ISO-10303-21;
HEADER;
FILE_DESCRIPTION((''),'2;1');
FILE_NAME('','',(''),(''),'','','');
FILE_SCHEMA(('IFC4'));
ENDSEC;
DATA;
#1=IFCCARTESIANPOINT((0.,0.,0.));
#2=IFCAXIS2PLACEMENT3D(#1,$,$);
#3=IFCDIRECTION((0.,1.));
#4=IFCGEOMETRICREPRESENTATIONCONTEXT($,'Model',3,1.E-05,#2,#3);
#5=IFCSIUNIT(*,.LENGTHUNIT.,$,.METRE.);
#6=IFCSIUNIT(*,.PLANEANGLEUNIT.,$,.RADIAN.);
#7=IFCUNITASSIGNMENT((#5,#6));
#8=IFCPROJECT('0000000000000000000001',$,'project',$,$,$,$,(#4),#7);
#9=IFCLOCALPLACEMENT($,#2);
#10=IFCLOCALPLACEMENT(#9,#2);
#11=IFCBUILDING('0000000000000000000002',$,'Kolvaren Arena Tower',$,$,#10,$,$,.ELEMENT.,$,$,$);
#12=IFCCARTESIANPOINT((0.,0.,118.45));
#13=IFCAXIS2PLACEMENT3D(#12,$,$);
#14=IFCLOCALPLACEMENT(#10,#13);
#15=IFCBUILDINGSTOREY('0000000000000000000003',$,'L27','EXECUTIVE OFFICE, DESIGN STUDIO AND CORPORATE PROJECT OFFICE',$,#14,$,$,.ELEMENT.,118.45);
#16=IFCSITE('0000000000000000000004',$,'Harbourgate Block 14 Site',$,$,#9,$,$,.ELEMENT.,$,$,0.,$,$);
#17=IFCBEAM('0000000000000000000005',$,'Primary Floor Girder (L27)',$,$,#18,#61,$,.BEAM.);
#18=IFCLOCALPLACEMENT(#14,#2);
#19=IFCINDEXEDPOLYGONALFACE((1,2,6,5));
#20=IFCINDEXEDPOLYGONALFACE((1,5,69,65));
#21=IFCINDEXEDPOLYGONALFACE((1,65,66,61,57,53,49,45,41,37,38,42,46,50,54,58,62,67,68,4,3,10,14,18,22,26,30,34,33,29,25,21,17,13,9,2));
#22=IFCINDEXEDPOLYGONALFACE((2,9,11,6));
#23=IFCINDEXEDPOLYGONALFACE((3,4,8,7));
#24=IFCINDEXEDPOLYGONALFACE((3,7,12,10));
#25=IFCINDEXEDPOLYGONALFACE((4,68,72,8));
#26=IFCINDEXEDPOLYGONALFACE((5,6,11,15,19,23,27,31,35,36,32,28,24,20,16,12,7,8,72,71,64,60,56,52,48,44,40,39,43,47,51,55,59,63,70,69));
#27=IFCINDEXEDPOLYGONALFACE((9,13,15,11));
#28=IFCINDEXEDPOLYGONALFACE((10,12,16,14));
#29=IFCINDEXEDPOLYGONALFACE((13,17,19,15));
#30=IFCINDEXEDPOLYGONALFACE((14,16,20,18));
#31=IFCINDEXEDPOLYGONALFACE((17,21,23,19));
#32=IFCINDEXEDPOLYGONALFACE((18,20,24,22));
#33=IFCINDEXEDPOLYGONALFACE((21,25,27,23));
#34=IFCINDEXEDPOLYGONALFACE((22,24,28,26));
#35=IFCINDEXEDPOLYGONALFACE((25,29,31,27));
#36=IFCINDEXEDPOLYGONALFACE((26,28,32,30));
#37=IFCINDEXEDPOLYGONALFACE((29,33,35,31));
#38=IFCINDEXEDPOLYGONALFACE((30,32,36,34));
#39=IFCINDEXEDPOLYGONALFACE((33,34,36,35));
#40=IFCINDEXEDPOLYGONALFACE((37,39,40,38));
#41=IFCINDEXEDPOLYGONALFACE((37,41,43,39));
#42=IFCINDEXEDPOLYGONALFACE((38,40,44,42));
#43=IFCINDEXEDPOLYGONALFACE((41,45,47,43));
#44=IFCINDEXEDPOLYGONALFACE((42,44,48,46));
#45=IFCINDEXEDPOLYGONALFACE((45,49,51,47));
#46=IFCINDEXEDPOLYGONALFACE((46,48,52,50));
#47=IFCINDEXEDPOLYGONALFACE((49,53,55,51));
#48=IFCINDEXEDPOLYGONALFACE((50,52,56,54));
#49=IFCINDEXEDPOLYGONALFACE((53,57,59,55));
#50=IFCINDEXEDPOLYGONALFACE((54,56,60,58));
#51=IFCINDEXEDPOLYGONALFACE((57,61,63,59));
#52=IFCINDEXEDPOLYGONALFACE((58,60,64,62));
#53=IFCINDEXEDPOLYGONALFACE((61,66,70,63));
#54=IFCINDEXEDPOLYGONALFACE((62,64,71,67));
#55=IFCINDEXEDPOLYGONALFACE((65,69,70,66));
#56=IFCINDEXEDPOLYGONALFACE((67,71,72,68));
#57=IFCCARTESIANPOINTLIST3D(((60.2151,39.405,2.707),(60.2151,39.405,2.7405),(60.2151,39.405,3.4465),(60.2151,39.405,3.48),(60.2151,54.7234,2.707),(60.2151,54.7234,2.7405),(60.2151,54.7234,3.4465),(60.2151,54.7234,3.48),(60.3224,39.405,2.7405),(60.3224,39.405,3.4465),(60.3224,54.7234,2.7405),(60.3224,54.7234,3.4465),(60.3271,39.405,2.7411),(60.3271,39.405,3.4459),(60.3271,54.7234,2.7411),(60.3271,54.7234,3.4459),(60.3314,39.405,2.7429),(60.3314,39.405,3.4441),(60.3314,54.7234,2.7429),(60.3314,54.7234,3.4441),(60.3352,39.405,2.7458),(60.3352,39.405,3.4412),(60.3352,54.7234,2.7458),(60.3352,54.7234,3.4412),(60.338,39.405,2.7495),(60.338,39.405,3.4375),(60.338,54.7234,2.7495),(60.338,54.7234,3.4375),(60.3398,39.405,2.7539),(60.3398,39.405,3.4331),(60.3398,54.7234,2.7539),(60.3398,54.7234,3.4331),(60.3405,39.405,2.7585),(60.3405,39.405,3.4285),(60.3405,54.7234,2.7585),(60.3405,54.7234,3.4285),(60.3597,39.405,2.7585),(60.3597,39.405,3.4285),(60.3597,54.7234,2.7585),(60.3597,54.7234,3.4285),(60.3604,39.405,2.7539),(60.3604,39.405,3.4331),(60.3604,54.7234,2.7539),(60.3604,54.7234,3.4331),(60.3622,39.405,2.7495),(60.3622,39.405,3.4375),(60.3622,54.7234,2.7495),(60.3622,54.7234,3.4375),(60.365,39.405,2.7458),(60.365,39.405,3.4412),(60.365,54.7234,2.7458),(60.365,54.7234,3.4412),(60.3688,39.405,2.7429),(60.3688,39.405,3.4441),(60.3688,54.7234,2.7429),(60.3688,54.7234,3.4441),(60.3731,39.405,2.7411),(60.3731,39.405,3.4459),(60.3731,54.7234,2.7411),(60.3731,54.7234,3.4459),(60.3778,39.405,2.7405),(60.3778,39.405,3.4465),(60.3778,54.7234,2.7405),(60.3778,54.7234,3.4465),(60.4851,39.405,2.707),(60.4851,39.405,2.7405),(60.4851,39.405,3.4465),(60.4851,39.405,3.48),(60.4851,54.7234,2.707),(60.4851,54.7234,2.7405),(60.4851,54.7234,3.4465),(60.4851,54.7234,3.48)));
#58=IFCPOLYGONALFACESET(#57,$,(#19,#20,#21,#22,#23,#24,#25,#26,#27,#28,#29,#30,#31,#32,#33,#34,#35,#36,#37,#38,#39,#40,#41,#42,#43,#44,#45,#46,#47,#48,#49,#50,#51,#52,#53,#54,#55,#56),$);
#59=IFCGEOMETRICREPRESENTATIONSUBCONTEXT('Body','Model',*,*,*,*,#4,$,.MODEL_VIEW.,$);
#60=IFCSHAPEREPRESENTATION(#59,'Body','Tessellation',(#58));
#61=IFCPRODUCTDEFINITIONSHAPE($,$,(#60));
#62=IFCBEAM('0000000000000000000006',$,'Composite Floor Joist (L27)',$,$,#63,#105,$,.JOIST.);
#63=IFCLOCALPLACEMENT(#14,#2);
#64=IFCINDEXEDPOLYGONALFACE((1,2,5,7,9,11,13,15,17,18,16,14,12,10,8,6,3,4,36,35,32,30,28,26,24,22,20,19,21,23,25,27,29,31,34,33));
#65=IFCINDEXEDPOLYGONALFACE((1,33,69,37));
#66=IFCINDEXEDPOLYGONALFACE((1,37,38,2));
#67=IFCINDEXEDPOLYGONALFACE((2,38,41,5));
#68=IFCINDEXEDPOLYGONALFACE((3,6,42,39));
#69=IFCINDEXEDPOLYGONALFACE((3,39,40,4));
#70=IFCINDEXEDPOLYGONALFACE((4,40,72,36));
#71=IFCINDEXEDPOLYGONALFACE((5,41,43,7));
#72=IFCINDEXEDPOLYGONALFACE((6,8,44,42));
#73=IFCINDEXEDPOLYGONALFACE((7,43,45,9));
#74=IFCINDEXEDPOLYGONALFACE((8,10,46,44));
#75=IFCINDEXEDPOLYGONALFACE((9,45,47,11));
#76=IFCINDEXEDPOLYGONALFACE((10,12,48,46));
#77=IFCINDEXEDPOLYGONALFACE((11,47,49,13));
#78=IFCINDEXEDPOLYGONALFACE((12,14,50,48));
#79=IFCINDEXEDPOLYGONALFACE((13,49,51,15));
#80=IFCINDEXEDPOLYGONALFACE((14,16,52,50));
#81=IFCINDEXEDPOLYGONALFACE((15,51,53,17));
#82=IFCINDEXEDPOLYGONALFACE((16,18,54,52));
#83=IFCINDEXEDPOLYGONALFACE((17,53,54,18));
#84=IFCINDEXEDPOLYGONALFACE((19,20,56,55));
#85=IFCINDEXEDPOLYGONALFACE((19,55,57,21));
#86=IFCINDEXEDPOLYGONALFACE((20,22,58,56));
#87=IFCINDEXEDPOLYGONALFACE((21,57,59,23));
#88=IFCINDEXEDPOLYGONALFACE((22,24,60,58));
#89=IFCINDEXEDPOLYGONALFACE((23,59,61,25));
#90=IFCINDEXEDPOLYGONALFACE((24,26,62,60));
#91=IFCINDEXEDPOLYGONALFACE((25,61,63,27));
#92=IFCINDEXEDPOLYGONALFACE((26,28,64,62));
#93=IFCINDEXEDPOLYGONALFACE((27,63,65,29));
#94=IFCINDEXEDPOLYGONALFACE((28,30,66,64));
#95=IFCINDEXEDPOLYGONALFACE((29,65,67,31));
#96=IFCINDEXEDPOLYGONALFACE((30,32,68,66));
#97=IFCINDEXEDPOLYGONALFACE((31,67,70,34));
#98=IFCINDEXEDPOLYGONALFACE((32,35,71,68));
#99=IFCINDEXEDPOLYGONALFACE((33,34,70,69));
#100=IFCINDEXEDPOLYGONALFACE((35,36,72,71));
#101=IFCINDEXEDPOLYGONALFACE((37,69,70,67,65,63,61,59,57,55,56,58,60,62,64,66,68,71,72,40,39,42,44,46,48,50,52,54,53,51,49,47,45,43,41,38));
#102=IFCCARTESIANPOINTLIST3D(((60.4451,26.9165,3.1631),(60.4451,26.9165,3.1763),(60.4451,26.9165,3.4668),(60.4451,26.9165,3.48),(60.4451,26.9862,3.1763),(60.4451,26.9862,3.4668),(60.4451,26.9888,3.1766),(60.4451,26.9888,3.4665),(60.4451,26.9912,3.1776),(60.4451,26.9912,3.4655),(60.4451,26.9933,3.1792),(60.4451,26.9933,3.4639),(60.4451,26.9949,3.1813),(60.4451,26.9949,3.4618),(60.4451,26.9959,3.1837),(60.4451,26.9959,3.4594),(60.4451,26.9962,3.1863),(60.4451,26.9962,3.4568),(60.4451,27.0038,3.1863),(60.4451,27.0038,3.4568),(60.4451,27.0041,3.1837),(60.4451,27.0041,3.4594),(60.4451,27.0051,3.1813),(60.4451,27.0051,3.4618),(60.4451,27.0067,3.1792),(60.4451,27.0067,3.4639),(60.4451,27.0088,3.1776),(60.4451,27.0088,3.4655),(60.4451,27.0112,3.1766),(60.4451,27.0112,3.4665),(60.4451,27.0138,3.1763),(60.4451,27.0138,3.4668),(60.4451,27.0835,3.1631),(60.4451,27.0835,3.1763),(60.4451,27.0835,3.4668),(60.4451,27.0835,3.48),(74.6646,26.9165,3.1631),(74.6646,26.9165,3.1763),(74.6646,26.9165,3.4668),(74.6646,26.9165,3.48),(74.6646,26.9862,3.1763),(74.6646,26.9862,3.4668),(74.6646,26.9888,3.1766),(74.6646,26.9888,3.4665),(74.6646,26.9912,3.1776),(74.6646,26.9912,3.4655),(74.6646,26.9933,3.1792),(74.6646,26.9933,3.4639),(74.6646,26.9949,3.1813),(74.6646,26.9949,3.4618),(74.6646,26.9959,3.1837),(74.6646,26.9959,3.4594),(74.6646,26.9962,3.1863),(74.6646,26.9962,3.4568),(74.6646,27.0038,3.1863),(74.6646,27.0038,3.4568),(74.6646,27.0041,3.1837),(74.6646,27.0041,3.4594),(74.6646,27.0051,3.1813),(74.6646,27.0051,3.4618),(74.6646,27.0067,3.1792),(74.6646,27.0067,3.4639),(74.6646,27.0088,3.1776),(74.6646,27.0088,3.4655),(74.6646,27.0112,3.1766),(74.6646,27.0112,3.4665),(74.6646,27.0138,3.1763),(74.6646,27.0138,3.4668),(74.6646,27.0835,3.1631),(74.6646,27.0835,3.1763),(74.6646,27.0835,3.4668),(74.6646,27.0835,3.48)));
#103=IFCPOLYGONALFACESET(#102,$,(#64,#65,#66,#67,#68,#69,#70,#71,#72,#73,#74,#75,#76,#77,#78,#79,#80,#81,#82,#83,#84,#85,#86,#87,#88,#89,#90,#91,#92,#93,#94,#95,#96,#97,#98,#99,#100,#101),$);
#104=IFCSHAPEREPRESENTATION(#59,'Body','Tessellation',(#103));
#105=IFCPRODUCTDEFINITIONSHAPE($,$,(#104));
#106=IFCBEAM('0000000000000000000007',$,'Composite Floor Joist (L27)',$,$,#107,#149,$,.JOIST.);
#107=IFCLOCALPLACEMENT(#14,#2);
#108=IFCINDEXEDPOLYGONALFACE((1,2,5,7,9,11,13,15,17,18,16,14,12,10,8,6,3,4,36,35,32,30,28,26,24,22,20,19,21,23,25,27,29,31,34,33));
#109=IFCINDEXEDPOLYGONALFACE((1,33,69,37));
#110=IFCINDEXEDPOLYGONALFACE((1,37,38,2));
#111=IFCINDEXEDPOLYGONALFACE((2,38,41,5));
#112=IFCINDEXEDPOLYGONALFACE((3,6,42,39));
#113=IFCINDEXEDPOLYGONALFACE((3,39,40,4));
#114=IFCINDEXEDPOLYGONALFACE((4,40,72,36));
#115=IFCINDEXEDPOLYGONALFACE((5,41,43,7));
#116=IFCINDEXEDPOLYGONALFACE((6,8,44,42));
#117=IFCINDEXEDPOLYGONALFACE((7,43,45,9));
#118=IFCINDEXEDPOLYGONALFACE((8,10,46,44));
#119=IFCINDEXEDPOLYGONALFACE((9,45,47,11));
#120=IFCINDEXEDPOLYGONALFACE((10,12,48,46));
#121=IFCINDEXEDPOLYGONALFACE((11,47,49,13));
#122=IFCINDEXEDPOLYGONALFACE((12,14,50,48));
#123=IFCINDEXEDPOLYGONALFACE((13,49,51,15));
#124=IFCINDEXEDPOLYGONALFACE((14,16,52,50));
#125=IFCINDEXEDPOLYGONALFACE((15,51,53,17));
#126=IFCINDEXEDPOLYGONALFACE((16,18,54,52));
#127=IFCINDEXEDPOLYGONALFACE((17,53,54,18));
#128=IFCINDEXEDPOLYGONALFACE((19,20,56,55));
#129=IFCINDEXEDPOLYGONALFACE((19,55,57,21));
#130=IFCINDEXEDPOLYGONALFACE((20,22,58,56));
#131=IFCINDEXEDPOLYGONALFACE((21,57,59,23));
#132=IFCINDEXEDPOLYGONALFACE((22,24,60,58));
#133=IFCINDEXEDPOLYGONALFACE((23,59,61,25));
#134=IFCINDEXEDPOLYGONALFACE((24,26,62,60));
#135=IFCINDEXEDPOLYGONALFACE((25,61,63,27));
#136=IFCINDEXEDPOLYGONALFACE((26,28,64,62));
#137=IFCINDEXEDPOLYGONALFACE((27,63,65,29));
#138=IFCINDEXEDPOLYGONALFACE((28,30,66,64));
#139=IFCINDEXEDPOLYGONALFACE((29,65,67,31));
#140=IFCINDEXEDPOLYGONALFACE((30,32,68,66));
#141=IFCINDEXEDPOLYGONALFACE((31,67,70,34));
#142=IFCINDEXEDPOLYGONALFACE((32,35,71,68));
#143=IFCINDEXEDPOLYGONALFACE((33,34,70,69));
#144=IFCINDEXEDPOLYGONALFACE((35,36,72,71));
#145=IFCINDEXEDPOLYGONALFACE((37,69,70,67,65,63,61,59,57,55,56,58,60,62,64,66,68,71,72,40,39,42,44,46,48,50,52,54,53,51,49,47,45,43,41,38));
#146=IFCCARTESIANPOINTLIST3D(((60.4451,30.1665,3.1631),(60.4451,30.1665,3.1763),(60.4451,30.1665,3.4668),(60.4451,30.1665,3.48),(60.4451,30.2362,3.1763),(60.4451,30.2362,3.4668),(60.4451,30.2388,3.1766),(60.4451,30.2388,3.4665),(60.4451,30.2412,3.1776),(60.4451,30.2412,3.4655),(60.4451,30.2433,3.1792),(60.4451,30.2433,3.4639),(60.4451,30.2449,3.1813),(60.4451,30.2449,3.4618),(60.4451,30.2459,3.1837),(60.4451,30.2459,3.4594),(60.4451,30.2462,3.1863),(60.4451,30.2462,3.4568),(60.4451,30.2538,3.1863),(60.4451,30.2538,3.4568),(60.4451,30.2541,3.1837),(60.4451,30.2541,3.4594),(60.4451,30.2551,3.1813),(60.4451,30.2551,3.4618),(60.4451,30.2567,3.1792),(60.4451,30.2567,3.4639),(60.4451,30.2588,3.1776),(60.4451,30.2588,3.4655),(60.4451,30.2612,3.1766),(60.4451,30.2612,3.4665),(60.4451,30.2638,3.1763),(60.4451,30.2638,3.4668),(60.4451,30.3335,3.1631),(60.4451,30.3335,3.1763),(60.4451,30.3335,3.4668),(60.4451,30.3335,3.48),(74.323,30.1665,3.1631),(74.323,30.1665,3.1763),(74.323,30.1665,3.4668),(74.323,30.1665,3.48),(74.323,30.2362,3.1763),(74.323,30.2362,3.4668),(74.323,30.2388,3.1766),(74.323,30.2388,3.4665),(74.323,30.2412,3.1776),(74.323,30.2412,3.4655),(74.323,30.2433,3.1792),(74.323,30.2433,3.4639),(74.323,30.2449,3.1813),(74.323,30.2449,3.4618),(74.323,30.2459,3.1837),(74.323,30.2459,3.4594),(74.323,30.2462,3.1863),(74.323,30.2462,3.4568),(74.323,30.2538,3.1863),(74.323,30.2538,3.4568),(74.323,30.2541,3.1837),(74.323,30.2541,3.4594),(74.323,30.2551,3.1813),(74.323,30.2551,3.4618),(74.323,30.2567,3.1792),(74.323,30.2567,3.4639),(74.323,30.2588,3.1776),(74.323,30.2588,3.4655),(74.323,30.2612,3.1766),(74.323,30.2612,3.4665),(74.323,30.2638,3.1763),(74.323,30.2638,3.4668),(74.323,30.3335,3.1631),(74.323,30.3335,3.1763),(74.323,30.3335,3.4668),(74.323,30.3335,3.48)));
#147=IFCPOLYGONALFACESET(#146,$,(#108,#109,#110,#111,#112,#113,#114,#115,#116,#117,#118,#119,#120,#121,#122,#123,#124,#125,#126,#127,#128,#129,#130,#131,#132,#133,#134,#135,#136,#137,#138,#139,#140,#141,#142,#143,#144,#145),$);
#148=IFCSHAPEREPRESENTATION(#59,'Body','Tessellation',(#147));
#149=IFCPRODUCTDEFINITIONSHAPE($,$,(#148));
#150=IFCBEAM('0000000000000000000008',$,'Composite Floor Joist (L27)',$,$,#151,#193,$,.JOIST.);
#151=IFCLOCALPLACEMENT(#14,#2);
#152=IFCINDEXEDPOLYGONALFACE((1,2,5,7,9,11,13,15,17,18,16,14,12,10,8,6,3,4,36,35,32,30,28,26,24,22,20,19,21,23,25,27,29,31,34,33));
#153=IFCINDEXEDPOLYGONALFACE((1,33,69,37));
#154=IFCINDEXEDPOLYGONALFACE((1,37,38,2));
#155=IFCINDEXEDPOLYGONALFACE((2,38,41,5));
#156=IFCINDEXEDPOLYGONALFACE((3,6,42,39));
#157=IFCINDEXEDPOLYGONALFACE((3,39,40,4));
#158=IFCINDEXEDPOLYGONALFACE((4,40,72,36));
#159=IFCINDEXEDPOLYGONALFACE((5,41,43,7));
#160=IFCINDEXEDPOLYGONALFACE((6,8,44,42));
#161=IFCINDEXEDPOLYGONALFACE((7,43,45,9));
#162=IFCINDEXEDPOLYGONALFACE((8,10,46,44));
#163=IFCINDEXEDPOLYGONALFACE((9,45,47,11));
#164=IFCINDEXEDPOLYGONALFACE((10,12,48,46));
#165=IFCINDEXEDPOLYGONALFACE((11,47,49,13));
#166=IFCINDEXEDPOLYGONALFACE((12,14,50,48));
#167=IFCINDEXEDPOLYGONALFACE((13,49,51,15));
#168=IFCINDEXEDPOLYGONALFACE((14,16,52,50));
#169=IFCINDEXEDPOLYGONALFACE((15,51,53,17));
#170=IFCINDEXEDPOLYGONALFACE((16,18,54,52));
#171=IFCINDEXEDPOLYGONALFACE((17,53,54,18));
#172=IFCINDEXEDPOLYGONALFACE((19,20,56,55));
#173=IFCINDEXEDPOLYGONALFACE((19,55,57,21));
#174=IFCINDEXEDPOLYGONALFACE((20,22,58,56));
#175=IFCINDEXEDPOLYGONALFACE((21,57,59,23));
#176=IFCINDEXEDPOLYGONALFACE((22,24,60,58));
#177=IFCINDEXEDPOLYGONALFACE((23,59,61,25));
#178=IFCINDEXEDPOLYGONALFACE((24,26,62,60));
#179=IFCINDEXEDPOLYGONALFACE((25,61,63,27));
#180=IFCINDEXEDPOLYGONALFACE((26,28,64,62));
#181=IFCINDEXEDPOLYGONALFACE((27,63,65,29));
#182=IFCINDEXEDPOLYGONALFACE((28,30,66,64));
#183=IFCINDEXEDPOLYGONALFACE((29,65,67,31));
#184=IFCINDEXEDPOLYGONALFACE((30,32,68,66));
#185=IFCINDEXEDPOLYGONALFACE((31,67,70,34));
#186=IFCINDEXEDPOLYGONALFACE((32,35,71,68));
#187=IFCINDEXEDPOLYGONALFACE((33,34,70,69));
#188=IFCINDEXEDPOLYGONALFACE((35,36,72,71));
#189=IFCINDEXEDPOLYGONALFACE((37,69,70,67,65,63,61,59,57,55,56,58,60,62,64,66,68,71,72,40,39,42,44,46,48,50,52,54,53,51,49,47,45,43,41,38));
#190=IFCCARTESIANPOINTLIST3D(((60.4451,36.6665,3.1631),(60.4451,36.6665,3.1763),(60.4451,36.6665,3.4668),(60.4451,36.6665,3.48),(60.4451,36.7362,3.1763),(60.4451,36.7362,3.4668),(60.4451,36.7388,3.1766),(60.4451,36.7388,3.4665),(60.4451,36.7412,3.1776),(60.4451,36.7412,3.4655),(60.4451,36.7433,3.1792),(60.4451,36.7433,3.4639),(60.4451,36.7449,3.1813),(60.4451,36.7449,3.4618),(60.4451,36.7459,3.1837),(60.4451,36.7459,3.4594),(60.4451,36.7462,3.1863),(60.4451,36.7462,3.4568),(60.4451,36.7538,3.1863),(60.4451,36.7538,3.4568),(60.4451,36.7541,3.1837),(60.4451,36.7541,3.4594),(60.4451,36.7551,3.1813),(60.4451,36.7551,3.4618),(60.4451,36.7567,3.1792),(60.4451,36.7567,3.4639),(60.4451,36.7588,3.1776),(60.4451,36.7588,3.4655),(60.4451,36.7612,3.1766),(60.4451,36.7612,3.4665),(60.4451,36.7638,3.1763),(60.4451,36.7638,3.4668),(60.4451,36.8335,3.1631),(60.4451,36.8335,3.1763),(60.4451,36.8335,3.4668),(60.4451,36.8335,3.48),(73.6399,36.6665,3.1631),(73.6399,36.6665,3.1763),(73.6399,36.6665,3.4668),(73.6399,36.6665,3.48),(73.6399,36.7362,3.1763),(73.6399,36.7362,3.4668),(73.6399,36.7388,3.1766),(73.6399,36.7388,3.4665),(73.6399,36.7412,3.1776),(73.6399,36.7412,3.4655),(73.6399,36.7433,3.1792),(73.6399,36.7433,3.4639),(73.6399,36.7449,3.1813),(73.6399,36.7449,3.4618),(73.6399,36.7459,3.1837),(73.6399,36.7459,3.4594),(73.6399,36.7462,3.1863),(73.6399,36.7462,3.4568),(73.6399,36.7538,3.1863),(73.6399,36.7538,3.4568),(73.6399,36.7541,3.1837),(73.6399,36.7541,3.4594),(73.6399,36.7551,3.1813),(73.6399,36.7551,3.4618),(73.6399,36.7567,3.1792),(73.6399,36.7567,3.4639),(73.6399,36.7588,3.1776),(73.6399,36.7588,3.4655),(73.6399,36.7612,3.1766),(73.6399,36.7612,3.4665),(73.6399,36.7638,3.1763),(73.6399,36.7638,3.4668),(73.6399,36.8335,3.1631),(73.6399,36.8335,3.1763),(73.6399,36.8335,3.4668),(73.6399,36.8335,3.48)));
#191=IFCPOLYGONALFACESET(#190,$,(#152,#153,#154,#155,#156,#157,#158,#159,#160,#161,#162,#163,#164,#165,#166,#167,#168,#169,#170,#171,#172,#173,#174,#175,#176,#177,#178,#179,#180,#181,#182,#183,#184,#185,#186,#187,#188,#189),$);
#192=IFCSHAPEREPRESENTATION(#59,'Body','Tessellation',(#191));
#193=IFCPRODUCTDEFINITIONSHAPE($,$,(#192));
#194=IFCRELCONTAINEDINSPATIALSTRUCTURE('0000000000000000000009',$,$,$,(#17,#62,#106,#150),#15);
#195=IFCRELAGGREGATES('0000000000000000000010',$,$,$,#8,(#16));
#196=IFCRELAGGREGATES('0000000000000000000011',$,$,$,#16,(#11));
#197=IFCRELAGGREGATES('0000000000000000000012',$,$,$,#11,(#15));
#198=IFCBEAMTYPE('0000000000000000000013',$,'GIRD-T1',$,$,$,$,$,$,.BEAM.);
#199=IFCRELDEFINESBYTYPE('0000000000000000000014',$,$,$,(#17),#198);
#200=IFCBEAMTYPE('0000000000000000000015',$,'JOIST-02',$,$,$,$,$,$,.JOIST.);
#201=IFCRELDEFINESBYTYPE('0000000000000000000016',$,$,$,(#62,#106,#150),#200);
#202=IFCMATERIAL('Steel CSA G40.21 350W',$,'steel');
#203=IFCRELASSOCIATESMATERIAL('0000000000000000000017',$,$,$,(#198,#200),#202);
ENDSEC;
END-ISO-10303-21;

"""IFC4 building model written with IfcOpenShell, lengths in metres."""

from ifc_helpers import new_model, si_unit, direction, frame, origin, origin_2d, place, context, subcontext, project, spatial, i_section, extrude, material, material_profile, profile_set, type_object, element, save


model = new_model("IFC4")

# Units and contexts
model_context = context("Model", 3, precision=1e-05, world=origin(), true_north=direction((0.0, 1.0)))
body_context = subcontext(model_context, "Body", "Model", "MODEL_VIEW")
ifc_project = project(units=[si_unit("LENGTHUNIT", "METRE"), si_unit("PLANEANGLEUNIT", "RADIAN")], contexts=[model_context])

# Site, building, storey
site_placement = place(None, origin())
site = spatial("IfcSite", under=ifc_project, at=site_placement, Name="Harbourgate Block 14 Site", CompositionType="ELEMENT", RefElevation=0.0)
building_placement = place(site_placement, origin())
building = spatial("IfcBuilding", under=site, at=building_placement, Name="Kolvaren Arena Tower", CompositionType="ELEMENT")
storey_placement = place(building_placement, frame((0.0, 0.0, 118.45)))
storey = spatial("IfcBuildingStorey", under=building, at=storey_placement, Name="L27", Description="EXECUTIVE OFFICE, DESIGN STUDIO AND CORPORATE PROJECT OFFICE", CompositionType="ELEMENT", Elevation=118.45)

# Beams
ifc_material_1 = material(Name="Steel CSA G40.21 350W", Category="steel")
ifc_material_profile_1 = material_profile(ifc_material_1, i_section(OverallWidth=0.27, OverallDepth=0.7729, WebThickness=0.0193, FlangeThickness=0.0334, FilletRadius=0.0181, at=origin_2d()), Name="W760x257")
ifc_profile_set_1 = profile_set([ifc_material_profile_1], Name="Steel CSA G40.21 350W")
beam_type_1 = type_object("IfcBeamType", Name="GIRD-T1", PredefinedType="BEAM", material=ifc_profile_set_1)
beam_1_placement = place(storey_placement, frame((60.3501, 39.405, 3.0935), z_axis=(0.0, 1.0, 0.0), x_axis=(-1.0, 0.0, 0.0)))
element("IfcBeam", 1, at=beam_1_placement, inside=storey, type_object=beam_type_1, Name="Primary Floor Girder (L27)", PredefinedType="BEAM", context=body_context, shape_type="SweptSolid", body=[
    extrude(i_section(OverallWidth=0.27, OverallDepth=0.7729, WebThickness=0.0193, FlangeThickness=0.0334, FilletRadius=0.0181, at=origin_2d()), origin(), (0.0, 0.0, 1.0), 15.3184),
])
ifc_material_profile_2 = material_profile(ifc_material_1, i_section(OverallWidth=0.167, OverallDepth=0.3169, WebThickness=0.0076, FlangeThickness=0.0132, FilletRadius=0.01, at=origin_2d()), Name="W310x52")
ifc_profile_set_2 = profile_set([ifc_material_profile_2], Name="Steel CSA G40.21 350W")
beam_type_2 = type_object("IfcBeamType", Name="JOIST-02", PredefinedType="JOIST", material=ifc_profile_set_2)
beam_2_placement = place(storey_placement, frame((60.4451, 27.0, 3.3215), z_axis=(1.0, 0.0, 0.0), x_axis=(0.0, 1.0, 0.0)))
element("IfcBeam", 2, at=beam_2_placement, inside=storey, type_object=beam_type_2, Name="Composite Floor Joist (L27)", PredefinedType="JOIST", context=body_context, shape_type="SweptSolid", body=[
    extrude(i_section(OverallWidth=0.167, OverallDepth=0.3169, WebThickness=0.0076, FlangeThickness=0.0132, FilletRadius=0.01, at=origin_2d()), origin(), (0.0, 0.0, 1.0), 14.2195),
])
beam_3_placement = place(storey_placement, frame((60.4451, 30.25, 3.3215), z_axis=(1.0, 0.0, 0.0), x_axis=(0.0, 1.0, 0.0)))
element("IfcBeam", 3, at=beam_3_placement, inside=storey, type_object=beam_type_2, Name="Composite Floor Joist (L27)", PredefinedType="JOIST", context=body_context, shape_type="SweptSolid", body=[
    extrude(i_section(OverallWidth=0.167, OverallDepth=0.3169, WebThickness=0.0076, FlangeThickness=0.0132, FilletRadius=0.01, at=origin_2d()), origin(), (0.0, 0.0, 1.0), 13.8779),
])
beam_4_placement = place(storey_placement, frame((60.4451, 36.75, 3.3215), z_axis=(1.0, 0.0, 0.0), x_axis=(0.0, 1.0, 0.0)))
element("IfcBeam", 4, at=beam_4_placement, inside=storey, type_object=beam_type_2, Name="Composite Floor Joist (L27)", PredefinedType="JOIST", context=body_context, shape_type="SweptSolid", body=[
    extrude(i_section(OverallWidth=0.167, OverallDepth=0.3169, WebThickness=0.0076, FlangeThickness=0.0132, FilletRadius=0.01, at=origin_2d()), origin(), (0.0, 0.0, 1.0), 13.1948),
])

save(model, "model.ifc")
